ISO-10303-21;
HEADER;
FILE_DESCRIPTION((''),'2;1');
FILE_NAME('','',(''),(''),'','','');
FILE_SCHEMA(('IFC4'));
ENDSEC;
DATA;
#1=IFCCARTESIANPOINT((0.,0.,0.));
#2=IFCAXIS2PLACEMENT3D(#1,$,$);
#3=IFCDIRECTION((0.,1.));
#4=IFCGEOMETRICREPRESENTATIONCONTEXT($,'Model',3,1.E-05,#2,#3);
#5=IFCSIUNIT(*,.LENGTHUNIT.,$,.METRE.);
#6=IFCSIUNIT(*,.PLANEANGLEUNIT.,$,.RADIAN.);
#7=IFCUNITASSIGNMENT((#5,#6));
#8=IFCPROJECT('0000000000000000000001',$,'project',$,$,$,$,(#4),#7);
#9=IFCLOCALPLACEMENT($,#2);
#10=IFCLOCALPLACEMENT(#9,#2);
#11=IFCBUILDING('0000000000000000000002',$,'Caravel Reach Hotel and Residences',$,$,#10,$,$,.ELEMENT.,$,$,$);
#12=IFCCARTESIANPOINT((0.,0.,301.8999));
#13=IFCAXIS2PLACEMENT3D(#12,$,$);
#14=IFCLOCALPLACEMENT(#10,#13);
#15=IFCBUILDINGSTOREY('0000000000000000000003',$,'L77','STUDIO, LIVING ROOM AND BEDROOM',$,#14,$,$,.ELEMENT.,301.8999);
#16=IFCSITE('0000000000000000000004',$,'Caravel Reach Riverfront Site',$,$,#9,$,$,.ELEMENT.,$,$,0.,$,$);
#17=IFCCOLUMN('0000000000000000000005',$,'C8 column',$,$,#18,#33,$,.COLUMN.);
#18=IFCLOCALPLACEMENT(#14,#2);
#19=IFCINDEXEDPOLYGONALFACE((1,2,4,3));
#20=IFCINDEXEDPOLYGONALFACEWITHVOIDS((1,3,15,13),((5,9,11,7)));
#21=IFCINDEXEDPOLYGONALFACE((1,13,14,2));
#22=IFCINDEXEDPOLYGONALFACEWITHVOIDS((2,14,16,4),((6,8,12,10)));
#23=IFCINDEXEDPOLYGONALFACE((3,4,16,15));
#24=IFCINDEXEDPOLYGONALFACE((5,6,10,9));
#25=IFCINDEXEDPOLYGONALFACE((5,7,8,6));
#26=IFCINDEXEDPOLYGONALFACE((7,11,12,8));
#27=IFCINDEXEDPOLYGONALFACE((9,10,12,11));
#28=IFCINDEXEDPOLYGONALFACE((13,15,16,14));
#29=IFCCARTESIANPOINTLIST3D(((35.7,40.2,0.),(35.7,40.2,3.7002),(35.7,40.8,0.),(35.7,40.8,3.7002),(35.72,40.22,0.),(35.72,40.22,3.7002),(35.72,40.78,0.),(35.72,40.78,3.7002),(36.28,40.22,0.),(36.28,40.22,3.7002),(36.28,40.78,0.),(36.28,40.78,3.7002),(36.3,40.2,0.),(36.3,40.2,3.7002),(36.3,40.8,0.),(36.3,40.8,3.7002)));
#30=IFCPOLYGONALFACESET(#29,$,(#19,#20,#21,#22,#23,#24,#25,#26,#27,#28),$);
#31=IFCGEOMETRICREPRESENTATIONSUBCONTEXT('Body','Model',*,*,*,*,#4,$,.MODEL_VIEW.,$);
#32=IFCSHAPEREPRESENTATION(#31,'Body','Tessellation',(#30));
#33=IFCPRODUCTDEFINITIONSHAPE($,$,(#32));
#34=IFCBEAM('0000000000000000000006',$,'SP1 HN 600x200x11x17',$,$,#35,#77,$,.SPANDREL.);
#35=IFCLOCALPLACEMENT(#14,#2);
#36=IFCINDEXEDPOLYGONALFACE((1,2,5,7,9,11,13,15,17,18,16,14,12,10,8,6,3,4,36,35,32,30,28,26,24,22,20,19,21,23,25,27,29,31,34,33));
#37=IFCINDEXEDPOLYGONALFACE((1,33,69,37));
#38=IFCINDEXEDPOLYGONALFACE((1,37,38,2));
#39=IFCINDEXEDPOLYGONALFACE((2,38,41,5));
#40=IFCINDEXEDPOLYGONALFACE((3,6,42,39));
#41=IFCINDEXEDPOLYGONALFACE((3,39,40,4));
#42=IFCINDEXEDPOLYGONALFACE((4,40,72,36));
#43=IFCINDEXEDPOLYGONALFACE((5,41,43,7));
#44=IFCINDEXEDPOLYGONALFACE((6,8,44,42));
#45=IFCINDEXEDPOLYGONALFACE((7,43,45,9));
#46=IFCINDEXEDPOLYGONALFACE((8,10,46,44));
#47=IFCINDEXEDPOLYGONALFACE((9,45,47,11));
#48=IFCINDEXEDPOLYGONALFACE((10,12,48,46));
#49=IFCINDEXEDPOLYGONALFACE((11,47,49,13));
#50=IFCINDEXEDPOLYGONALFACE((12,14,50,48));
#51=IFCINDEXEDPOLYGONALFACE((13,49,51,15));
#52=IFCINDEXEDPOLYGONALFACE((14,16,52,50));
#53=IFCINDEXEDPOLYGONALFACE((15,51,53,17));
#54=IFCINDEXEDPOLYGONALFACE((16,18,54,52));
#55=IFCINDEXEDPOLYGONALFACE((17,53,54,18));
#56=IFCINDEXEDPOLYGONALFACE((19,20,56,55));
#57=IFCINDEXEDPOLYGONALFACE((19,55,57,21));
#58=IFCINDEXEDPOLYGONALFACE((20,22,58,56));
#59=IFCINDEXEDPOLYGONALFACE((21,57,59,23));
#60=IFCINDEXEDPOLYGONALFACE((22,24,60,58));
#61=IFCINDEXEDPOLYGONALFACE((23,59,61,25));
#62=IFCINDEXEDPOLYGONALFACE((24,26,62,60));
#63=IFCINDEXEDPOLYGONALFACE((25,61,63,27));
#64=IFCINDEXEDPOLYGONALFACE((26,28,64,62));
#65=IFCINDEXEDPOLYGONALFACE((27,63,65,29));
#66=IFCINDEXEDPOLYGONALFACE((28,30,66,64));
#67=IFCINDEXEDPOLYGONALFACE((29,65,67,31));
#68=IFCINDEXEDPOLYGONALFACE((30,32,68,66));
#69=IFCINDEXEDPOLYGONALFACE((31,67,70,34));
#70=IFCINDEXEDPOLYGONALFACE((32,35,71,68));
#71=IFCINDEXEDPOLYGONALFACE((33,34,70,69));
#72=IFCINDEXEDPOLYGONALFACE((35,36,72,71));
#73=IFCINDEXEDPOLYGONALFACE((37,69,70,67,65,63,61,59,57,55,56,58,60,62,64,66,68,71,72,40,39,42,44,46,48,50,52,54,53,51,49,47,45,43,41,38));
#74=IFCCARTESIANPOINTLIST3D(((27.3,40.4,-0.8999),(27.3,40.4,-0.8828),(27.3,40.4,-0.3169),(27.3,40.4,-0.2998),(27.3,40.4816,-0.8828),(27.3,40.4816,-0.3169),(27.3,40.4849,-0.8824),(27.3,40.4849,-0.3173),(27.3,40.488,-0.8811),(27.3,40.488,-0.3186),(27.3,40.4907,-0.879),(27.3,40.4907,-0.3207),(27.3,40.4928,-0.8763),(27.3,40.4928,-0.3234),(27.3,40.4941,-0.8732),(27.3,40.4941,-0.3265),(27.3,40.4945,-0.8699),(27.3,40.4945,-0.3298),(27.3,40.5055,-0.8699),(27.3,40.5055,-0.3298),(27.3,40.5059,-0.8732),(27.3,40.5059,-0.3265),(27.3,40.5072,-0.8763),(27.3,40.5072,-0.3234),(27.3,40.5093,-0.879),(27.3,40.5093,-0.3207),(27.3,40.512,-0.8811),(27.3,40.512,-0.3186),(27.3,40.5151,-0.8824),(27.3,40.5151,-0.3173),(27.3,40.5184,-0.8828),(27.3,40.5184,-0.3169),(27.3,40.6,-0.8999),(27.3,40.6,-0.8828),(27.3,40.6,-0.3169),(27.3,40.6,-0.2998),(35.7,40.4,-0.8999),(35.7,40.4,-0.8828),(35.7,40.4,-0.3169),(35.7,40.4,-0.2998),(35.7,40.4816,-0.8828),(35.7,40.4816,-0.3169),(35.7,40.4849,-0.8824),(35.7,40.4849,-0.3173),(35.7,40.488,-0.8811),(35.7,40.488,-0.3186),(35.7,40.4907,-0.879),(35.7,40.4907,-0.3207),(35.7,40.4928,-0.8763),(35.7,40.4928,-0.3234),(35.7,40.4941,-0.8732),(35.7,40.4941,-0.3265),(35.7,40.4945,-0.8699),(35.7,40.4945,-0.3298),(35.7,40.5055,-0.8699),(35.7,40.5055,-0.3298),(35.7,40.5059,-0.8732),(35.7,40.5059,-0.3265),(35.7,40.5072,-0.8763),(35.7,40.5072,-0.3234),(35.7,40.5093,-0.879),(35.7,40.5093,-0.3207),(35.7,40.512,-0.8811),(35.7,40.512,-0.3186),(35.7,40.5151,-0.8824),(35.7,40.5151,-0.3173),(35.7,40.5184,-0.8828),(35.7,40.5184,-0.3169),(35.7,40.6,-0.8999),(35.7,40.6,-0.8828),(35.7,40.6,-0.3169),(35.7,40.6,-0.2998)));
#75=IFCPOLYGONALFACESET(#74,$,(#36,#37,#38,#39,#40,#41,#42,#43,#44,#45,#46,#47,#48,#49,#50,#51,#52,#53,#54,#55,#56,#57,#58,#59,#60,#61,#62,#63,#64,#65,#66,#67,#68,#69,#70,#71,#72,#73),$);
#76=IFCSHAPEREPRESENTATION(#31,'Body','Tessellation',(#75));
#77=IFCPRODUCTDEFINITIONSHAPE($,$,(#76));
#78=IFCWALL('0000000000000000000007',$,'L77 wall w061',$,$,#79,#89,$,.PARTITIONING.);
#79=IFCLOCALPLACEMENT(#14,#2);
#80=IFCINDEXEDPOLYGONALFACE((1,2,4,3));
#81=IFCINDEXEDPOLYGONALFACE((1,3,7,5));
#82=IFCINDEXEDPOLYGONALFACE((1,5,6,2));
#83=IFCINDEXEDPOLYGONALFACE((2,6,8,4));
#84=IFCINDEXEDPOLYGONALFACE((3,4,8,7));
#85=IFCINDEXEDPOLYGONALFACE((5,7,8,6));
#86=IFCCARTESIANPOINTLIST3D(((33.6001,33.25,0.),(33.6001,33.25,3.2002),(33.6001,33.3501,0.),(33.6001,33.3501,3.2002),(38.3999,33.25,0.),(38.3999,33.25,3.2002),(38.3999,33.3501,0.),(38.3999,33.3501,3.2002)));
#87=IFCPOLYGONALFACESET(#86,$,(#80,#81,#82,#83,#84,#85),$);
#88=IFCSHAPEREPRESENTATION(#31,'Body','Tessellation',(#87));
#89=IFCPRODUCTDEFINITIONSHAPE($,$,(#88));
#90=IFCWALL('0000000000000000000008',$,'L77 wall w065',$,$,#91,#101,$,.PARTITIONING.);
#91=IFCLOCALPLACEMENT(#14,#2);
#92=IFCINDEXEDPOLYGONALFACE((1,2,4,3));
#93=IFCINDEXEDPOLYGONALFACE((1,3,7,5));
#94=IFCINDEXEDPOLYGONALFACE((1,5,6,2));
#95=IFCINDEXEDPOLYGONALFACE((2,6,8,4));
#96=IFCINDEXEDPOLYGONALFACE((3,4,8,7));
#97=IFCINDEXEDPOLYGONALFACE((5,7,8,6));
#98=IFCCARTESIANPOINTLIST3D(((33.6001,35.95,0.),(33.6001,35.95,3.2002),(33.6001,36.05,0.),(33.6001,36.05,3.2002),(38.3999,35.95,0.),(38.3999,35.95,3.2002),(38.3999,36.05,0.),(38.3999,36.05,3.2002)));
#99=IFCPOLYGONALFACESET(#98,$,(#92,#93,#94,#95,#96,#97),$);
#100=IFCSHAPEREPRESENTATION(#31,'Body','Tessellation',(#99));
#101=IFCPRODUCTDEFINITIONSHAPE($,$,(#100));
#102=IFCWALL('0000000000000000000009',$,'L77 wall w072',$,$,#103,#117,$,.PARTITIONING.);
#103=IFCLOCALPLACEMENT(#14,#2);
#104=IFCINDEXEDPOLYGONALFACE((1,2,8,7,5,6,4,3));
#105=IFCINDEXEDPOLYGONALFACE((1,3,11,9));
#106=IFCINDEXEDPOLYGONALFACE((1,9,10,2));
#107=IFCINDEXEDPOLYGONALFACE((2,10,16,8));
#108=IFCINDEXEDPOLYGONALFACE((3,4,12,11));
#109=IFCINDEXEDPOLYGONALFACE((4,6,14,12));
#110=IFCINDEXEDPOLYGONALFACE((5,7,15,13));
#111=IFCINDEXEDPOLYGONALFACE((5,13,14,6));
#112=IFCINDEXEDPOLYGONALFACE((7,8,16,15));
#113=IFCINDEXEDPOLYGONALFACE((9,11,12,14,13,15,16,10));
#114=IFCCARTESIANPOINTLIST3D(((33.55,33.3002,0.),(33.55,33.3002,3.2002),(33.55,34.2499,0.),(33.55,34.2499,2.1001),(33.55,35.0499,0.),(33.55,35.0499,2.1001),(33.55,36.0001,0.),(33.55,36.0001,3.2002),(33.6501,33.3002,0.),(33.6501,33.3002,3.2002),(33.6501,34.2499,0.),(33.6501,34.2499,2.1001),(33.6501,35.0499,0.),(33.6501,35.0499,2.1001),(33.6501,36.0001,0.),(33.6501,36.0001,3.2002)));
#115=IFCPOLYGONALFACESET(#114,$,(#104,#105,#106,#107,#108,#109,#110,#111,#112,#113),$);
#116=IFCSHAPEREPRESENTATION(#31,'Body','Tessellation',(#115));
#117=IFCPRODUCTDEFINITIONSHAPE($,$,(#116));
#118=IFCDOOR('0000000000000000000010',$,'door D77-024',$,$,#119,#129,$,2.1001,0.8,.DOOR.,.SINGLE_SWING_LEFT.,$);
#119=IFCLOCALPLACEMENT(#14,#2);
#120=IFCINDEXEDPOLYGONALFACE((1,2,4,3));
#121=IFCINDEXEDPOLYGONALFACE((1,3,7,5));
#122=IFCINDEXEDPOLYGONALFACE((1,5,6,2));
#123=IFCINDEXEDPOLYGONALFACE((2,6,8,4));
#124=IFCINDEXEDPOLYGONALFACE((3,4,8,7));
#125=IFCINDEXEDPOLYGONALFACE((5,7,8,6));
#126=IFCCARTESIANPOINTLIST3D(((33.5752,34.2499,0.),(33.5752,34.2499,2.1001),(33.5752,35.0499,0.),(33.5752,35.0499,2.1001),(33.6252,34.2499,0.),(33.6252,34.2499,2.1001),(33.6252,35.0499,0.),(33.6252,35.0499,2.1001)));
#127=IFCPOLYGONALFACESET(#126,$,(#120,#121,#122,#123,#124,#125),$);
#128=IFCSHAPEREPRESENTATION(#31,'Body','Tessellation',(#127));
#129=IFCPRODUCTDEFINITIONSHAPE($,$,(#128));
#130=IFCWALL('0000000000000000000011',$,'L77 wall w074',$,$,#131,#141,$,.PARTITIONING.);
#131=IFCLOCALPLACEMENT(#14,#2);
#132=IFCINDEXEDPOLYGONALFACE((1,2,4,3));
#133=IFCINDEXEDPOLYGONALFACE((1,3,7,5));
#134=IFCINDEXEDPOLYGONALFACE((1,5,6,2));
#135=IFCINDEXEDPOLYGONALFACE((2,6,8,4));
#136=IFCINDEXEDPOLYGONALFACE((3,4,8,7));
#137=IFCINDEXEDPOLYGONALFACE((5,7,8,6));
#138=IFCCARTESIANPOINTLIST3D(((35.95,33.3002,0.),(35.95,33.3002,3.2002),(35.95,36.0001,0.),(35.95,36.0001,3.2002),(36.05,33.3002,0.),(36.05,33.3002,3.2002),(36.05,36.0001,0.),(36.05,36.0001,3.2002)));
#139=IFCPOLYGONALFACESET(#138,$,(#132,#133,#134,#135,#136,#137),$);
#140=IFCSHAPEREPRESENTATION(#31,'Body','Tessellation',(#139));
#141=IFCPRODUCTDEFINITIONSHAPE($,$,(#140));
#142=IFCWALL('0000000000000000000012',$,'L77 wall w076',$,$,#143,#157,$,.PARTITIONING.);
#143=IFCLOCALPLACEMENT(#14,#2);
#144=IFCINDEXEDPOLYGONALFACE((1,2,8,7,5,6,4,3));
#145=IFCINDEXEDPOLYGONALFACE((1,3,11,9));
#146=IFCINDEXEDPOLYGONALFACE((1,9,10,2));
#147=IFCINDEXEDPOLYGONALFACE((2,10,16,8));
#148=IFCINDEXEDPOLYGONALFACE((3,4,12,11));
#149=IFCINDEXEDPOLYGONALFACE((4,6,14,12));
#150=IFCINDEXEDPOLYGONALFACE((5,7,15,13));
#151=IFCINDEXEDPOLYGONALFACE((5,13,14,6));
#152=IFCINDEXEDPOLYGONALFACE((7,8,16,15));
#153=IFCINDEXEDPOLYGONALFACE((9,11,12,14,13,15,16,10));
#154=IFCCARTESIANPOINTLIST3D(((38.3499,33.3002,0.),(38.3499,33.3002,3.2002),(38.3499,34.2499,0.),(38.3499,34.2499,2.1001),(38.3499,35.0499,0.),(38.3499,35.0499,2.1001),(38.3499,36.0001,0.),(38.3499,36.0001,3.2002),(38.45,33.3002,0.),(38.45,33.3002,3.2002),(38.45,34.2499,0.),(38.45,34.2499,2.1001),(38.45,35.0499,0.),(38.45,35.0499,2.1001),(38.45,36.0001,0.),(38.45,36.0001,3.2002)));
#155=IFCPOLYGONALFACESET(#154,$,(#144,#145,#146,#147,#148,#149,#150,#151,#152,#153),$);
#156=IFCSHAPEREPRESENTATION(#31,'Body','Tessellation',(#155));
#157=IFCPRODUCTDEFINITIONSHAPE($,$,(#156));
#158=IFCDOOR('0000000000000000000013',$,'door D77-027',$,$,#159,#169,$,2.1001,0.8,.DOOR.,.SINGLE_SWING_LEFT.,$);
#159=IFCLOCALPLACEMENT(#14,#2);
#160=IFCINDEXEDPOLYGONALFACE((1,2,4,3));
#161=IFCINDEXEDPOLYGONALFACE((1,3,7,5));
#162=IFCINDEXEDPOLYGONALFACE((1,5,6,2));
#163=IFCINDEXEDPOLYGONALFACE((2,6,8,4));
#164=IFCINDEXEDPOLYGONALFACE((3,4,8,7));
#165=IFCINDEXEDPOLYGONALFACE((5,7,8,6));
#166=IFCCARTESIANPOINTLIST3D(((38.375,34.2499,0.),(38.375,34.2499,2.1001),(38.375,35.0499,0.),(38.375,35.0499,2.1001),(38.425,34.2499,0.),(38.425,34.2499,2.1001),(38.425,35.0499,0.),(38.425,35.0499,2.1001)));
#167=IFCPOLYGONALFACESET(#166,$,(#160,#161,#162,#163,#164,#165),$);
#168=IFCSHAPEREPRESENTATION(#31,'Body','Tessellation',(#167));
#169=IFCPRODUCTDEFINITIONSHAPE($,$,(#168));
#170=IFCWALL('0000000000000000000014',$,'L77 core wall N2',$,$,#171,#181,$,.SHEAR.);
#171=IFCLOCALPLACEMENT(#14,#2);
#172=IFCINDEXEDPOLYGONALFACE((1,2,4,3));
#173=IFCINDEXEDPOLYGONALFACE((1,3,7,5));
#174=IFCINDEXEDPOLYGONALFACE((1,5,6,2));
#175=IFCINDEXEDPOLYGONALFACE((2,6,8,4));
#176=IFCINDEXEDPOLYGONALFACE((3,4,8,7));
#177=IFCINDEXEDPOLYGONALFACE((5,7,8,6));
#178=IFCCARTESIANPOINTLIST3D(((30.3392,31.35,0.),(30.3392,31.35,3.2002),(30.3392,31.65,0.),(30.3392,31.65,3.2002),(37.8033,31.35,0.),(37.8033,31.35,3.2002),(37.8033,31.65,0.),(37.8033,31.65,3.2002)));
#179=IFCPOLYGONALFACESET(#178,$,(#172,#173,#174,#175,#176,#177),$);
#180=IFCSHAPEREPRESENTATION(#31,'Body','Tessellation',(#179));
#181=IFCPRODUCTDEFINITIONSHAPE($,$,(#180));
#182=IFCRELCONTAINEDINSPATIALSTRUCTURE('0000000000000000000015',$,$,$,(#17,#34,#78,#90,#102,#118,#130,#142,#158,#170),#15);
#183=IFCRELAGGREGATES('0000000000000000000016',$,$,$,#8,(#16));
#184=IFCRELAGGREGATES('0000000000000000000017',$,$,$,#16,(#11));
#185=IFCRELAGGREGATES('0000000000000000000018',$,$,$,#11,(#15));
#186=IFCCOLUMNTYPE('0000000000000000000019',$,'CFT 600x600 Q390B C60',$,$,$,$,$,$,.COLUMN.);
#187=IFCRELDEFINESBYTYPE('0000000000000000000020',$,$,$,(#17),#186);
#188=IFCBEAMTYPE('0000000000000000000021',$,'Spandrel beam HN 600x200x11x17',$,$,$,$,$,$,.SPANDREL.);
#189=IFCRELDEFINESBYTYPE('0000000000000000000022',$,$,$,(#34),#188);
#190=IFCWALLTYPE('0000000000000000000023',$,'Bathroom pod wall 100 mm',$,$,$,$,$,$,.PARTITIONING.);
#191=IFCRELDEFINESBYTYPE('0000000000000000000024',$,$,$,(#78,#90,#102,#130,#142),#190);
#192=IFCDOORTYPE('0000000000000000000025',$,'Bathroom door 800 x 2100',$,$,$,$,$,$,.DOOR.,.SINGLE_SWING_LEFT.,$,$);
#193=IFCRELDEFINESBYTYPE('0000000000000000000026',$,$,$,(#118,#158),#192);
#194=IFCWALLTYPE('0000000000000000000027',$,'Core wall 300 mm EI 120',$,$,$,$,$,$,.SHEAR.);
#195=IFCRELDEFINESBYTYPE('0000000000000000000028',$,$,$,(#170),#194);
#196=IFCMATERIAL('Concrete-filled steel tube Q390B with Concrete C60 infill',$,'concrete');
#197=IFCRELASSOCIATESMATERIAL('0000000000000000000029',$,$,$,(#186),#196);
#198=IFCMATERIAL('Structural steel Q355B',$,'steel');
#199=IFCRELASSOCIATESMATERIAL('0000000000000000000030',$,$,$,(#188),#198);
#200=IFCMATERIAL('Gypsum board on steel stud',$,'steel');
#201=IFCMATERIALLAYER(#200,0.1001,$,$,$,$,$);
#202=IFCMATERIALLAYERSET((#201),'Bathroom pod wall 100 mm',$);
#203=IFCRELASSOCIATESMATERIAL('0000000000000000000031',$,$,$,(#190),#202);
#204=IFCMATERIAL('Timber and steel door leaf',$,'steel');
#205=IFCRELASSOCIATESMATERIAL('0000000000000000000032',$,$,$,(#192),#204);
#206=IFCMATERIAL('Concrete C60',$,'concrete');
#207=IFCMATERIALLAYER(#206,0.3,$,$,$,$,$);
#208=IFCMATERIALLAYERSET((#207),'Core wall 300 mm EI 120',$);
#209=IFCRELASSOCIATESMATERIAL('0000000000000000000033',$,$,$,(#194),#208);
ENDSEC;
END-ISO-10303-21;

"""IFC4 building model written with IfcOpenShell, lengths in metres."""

from ifc_helpers import new_model, si_unit, direction, frame, frame_2d, origin, origin_2d, place, context, subcontext, project, spatial, rectangle, hollow_rectangle, i_section, extrude, material, layer, layer_set, material_profile, profile_set, type_object, element, fill, save


model = new_model("IFC4")

# Units and contexts
model_context = context("Model", 3, precision=1e-05, world=origin(), true_north=direction((0.0, 1.0)))
body_context = subcontext(model_context, "Body", "Model", "MODEL_VIEW")
ifc_project = project(units=[si_unit("LENGTHUNIT", "METRE"), si_unit("PLANEANGLEUNIT", "RADIAN")], contexts=[model_context])

# Site, building, storey
site_placement = place(None, origin())
site = spatial("IfcSite", under=ifc_project, at=site_placement, Name="Caravel Reach Riverfront Site", CompositionType="ELEMENT", RefElevation=0.0)
building_placement = place(site_placement, origin())
building = spatial("IfcBuilding", under=site, at=building_placement, Name="Caravel Reach Hotel and Residences", CompositionType="ELEMENT")
storey_placement = place(building_placement, frame((0.0, 0.0, 301.8999)))
storey = spatial("IfcBuildingStorey", under=building, at=storey_placement, Name="L77", Description="STUDIO, LIVING ROOM AND BEDROOM", CompositionType="ELEMENT", Elevation=301.8999)

# Column
ifc_material_1 = material(Name="Concrete-filled steel tube Q390B with Concrete C60 infill", Category="concrete")
ifc_material_profile_1 = material_profile(ifc_material_1, hollow_rectangle(XDim=0.6001, YDim=0.6001, WallThickness=0.02, at=origin_2d()), Name="RHS 600x600x20")
ifc_profile_set_1 = profile_set([ifc_material_profile_1], Name="Concrete-filled steel tube Q390B with Concrete C60 infill")
column_type = type_object("IfcColumnType", Name="CFT 600x600 Q390B C60", PredefinedType="COLUMN", material=ifc_profile_set_1)
column_placement = place(storey_placement, frame((36.0, 40.5, 0.0), z_axis=(0.0, 0.0, 1.0), x_axis=(1.0, 0.0, 0.0)))
element("IfcColumn", 1, at=column_placement, inside=storey, type_object=column_type, Name="C8 column", PredefinedType="COLUMN", context=body_context, shape_type="SweptSolid", body=[
    extrude(hollow_rectangle(XDim=0.6001, YDim=0.6001, WallThickness=0.02, at=origin_2d()), origin(), (0.0, 0.0, 1.0), 3.7002),
])

# Beam
ifc_material_2 = material(Name="Structural steel Q355B", Category="steel")
ifc_material_profile_2 = material_profile(ifc_material_2, i_section(OverallWidth=0.2, OverallDepth=0.6001, WebThickness=0.011, FlangeThickness=0.0171, FilletRadius=0.0129, at=origin_2d()), Name="HN 600x200x11x17")
ifc_profile_set_2 = profile_set([ifc_material_profile_2], Name="Structural steel Q355B")
beam_type = type_object("IfcBeamType", Name="Spandrel beam HN 600x200x11x17", PredefinedType="SPANDREL", material=ifc_profile_set_2)
beam_placement = place(storey_placement, frame((35.7, 40.5, -0.5999), z_axis=(-1.0, 0.0, 0.0), x_axis=(0.0, -1.0, 0.0)))
element("IfcBeam", 2, at=beam_placement, inside=storey, type_object=beam_type, Name="SP1 HN 600x200x11x17", PredefinedType="SPANDREL", context=body_context, shape_type="SweptSolid", body=[
    extrude(i_section(OverallWidth=0.2, OverallDepth=0.6001, WebThickness=0.011, FlangeThickness=0.0171, FilletRadius=0.0129, at=origin_2d()), origin(), (0.0, 0.0, 1.0), 8.3999),
])

# Walls
ifc_material_3 = material(Name="Gypsum board on steel stud", Category="steel")
ifc_layer_1 = layer(ifc_material_3, 0.1001)
ifc_layer_set_1 = layer_set([ifc_layer_1], Name="Bathroom pod wall 100 mm")
wall_type_1 = type_object("IfcWallType", Name="Bathroom pod wall 100 mm", PredefinedType="PARTITIONING", material=ifc_layer_set_1)
for number, where, z_axis, x_axis, name in (
    (3, (33.6001, 33.3, 0.0), (0.0, 0.0, 1.0), (1.0, 0.0, 0.0), "L77 wall w061"),
    (4, (33.6001, 36.0, 0.0), (0.0, 0.0, 1.0), (1.0, 0.0, 0.0), "L77 wall w065"),
):
    element("IfcWall", number, at=place(storey_placement, frame(where, z_axis=z_axis, x_axis=x_axis)), inside=storey, type_object=wall_type_1, Name=name, PredefinedType="PARTITIONING", context=body_context, shape_type="SweptSolid", body=[
        extrude(rectangle(XDim=4.7998, YDim=0.1001, at=frame_2d((2.3999, 0.0))), origin(), (0.0, 0.0, 1.0), 3.2002),
    ])

# Wall, opening, door
wall_1_placement = place(storey_placement, frame((33.6001, 33.3, 0.0), z_axis=(0.0, 0.0, 1.0), x_axis=(0.0, 1.0, 0.0)))
wall_1 = element("IfcWall", 5, at=wall_1_placement, inside=storey, type_object=wall_type_1, Name="L77 wall w072", PredefinedType="PARTITIONING", context=body_context, shape_type="SweptSolid", body=[
    extrude(rectangle(XDim=2.7, YDim=0.1001, at=frame_2d((1.3501, 0.0))), origin(), (0.0, 0.0, 1.0), 3.2002),
])
opening_1_placement = place(wall_1_placement, frame((0.95, 0.0, 0.0)))
opening_1 = element("IfcOpeningElement", 6, at=opening_1_placement, cuts=wall_1, PredefinedType="OPENING", context=body_context, shape_type="SweptSolid", body=[
    extrude(rectangle(XDim=0.8, YDim=2.1001, at=frame_2d((0.3999, 1.05))), frame((0.0, 0.0601, 0.0), z_axis=(0.0, -1.0, 0.0), x_axis=(1.0, 0.0, 0.0)), (0.0, 0.0, 1.0), 0.1201),
])
ifc_material_4 = material(Name="Timber and steel door leaf", Category="steel")
door_type_1 = type_object("IfcDoorType", Name="Bathroom door 800 x 2100", OperationType="SINGLE_SWING_LEFT", PredefinedType="DOOR", material=ifc_material_4)
door_1_placement = place(opening_1_placement, origin())
door_1 = element("IfcDoor", 7, at=door_1_placement, inside=storey, type_object=door_type_1, Name="door D77-024", OperationType="SINGLE_SWING_LEFT", OverallHeight=2.1001, OverallWidth=0.8, PredefinedType="DOOR", context=body_context, shape_type="SweptSolid", body=[
    extrude(rectangle(XDim=0.8, YDim=2.1001, at=frame_2d((0.3999, 1.05))), frame((0.0, 0.0249, 0.0), z_axis=(0.0, -1.0, 0.0), x_axis=(1.0, 0.0, 0.0)), (0.0, 0.0, 1.0), 0.05),
])
fill(opening_1, door_1)

# Wall
wall_2_placement = place(storey_placement, frame((36.0, 33.3, 0.0), z_axis=(0.0, 0.0, 1.0), x_axis=(0.0, 1.0, 0.0)))
element("IfcWall", 8, at=wall_2_placement, inside=storey, type_object=wall_type_1, Name="L77 wall w074", PredefinedType="PARTITIONING", context=body_context, shape_type="SweptSolid", body=[
    extrude(rectangle(XDim=2.7, YDim=0.1001, at=frame_2d((1.3501, 0.0))), origin(), (0.0, 0.0, 1.0), 3.2002),
])

# Wall, opening, door
wall_3_placement = place(storey_placement, frame((38.3999, 33.3, 0.0), z_axis=(0.0, 0.0, 1.0), x_axis=(0.0, 1.0, 0.0)))
wall_3 = element("IfcWall", 9, at=wall_3_placement, inside=storey, type_object=wall_type_1, Name="L77 wall w076", PredefinedType="PARTITIONING", context=body_context, shape_type="SweptSolid", body=[
    extrude(rectangle(XDim=2.7, YDim=0.1001, at=frame_2d((1.3501, 0.0))), origin(), (0.0, 0.0, 1.0), 3.2002),
])
opening_2_placement = place(wall_3_placement, frame((0.95, 0.0, 0.0)))
opening_2 = element("IfcOpeningElement", 10, at=opening_2_placement, cuts=wall_3, PredefinedType="OPENING", context=body_context, shape_type="SweptSolid", body=[
    extrude(rectangle(XDim=0.8, YDim=2.1001, at=frame_2d((0.3999, 1.05))), frame((0.0, 0.0601, 0.0), z_axis=(0.0, -1.0, 0.0), x_axis=(1.0, 0.0, 0.0)), (0.0, 0.0, 1.0), 0.1201),
])
door_2_placement = place(opening_2_placement, origin())
door_2 = element("IfcDoor", 11, at=door_2_placement, inside=storey, type_object=door_type_1, Name="door D77-027", OperationType="SINGLE_SWING_LEFT", OverallHeight=2.1001, OverallWidth=0.8, PredefinedType="DOOR", context=body_context, shape_type="SweptSolid", body=[
    extrude(rectangle(XDim=0.8, YDim=2.1001, at=frame_2d((0.3999, 1.05))), frame((0.0, 0.0249, 0.0), z_axis=(0.0, -1.0, 0.0), x_axis=(1.0, 0.0, 0.0)), (0.0, 0.0, 1.0), 0.05),
])
fill(opening_2, door_2)

# Wall
ifc_material_5 = material(Name="Concrete C60", Category="concrete")
ifc_layer_2 = layer(ifc_material_5, 0.3)
ifc_layer_set_2 = layer_set([ifc_layer_2], Name="Core wall 300 mm EI 120")
wall_type_2 = type_object("IfcWallType", Name="Core wall 300 mm EI 120", PredefinedType="SHEAR", material=ifc_layer_set_2)
wall_4_placement = place(storey_placement, frame((30.3394, 31.5, 0.0), z_axis=(0.0, 0.0, 1.0), x_axis=(1.0, 0.0, 0.0)))
element("IfcWall", 12, at=wall_4_placement, inside=storey, type_object=wall_type_2, Name="L77 core wall N2", PredefinedType="SHEAR", context=body_context, shape_type="SweptSolid", body=[
    extrude(rectangle(XDim=7.4641, YDim=0.3, at=frame_2d((3.7319, 0.0))), origin(), (0.0, 0.0, 1.0), 3.2002),
])

save(model, "model.ifc")
